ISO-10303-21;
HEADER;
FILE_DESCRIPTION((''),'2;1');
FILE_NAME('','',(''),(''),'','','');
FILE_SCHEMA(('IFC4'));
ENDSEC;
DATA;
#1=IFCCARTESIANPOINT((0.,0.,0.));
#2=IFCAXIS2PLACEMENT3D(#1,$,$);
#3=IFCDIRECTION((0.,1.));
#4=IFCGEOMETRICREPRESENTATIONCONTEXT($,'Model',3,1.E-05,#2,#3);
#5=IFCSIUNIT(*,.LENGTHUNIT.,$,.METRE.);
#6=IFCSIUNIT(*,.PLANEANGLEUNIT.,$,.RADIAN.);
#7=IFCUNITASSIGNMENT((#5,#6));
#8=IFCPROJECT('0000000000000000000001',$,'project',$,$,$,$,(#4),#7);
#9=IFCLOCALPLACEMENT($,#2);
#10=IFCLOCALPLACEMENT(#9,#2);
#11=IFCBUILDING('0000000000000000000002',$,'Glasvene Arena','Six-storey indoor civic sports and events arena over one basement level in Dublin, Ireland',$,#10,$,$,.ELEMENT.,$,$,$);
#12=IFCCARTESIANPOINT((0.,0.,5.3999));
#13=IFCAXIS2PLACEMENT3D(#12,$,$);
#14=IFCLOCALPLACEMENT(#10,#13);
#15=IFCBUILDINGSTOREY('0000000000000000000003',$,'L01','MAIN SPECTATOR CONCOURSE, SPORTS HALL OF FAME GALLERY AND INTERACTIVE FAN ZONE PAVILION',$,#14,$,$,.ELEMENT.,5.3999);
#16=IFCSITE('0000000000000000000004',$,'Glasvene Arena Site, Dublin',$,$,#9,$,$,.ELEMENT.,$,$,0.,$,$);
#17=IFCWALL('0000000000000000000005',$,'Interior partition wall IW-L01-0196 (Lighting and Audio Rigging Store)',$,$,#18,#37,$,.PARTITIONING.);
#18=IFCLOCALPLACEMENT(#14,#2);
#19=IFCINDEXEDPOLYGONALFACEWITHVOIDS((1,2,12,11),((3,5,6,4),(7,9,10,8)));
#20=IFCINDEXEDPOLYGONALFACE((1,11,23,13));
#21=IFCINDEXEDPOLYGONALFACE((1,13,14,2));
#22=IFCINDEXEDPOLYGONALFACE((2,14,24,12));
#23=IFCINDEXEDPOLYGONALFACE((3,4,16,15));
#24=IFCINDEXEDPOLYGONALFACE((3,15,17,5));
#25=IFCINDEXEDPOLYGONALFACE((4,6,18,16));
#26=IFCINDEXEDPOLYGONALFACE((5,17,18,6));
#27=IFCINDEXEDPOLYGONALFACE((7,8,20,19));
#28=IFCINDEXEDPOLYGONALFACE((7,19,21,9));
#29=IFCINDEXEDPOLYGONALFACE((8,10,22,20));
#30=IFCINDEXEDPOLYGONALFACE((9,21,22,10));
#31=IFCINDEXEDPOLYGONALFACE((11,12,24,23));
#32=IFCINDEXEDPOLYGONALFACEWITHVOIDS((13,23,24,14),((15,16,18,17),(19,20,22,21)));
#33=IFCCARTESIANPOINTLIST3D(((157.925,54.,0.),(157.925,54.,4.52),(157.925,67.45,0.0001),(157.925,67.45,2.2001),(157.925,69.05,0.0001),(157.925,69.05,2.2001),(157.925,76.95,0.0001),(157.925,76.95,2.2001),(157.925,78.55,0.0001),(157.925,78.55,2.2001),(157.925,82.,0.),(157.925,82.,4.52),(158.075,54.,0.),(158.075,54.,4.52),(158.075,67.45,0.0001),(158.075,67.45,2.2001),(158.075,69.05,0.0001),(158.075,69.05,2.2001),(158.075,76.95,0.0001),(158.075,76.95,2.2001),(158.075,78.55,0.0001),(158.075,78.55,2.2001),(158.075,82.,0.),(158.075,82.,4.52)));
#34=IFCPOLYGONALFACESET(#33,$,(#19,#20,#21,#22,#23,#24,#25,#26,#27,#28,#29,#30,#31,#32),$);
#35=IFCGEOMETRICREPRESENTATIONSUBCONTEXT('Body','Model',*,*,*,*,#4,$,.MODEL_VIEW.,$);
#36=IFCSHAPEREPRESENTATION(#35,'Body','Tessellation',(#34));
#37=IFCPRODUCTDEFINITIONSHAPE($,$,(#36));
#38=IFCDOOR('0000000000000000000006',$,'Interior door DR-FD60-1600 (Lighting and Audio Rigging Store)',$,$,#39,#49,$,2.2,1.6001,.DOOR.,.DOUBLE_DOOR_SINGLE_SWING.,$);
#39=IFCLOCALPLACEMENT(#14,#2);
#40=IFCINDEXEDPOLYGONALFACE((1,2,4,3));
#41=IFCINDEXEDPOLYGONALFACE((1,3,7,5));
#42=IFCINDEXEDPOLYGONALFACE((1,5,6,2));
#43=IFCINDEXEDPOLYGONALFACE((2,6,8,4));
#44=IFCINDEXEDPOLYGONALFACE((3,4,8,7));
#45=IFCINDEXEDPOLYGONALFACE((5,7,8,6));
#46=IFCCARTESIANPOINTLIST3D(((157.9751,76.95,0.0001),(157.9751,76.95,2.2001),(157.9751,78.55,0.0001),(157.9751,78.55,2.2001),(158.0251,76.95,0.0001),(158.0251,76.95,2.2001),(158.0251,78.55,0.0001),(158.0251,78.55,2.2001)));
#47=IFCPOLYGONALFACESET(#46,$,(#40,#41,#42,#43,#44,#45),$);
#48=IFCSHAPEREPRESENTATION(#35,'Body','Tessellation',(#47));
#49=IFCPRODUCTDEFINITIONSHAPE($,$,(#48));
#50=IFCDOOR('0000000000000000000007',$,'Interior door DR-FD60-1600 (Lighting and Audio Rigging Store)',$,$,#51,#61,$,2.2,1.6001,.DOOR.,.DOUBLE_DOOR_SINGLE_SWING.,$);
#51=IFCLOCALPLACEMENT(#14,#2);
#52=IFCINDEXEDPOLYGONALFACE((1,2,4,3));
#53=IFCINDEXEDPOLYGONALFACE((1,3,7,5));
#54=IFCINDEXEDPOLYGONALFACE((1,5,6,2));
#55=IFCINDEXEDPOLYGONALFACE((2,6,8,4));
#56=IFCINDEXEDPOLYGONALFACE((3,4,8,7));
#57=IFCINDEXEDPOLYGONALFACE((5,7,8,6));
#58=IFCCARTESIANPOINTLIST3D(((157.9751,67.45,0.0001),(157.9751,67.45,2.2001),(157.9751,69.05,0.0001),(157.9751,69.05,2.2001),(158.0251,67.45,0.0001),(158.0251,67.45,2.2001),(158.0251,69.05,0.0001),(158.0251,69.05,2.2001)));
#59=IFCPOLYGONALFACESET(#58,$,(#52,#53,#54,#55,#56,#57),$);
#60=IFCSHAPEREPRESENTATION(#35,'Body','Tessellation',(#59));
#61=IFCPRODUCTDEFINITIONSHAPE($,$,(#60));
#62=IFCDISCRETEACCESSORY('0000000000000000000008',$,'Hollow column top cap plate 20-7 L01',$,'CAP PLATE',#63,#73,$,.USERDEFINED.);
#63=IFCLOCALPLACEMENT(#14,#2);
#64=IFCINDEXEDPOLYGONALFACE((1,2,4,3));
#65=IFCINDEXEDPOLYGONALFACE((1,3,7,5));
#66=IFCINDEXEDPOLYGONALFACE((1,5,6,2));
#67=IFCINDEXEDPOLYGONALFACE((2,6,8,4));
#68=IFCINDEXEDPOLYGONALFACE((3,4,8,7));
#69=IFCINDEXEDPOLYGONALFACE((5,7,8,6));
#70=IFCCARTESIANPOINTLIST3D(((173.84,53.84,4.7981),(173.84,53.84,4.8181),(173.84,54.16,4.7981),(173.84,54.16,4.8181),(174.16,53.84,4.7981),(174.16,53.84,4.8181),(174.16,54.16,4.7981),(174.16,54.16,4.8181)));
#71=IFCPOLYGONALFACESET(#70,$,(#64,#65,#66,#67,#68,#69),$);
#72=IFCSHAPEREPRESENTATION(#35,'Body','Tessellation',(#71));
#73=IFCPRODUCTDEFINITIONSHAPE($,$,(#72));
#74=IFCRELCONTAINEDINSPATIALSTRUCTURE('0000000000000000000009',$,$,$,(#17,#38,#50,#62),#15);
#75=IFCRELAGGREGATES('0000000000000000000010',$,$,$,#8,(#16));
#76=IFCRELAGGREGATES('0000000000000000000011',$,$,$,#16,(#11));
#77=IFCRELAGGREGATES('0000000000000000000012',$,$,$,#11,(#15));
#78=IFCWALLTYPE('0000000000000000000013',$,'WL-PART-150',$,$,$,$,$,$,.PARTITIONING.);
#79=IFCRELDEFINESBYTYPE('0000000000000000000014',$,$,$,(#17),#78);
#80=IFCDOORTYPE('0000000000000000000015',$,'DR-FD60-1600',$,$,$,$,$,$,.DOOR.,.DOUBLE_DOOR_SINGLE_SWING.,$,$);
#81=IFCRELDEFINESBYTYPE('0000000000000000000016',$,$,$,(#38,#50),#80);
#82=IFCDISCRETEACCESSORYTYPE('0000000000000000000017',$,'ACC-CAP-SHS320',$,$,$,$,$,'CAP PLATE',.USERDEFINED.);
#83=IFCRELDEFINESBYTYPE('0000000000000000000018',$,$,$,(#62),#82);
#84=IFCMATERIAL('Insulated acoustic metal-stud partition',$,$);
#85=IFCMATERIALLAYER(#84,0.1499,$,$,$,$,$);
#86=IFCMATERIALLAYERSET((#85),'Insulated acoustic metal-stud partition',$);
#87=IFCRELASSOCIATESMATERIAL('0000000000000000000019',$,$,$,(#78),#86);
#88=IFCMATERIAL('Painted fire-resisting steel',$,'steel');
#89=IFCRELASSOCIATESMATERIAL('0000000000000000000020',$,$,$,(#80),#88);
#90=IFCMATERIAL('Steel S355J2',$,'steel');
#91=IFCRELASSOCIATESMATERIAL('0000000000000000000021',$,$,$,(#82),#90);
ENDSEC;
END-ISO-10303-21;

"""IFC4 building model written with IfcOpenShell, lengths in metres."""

from ifc_helpers import new_model, si_unit, direction, frame, frame_2d, origin, origin_2d, place, context, subcontext, project, spatial, rectangle, extrude, material, layer, layer_set, type_object, element, fill, save


model = new_model("IFC4")

# Units and contexts
model_context = context("Model", 3, precision=1e-05, world=origin(), true_north=direction((0.0, 1.0)))
body_context = subcontext(model_context, "Body", "Model", "MODEL_VIEW")
ifc_project = project(units=[si_unit("LENGTHUNIT", "METRE"), si_unit("PLANEANGLEUNIT", "RADIAN")], contexts=[model_context])

# Site, building, storey
site_placement = place(None, origin())
site = spatial("IfcSite", under=ifc_project, at=site_placement, Name="Glasvene Arena Site, Dublin", CompositionType="ELEMENT", RefElevation=0.0)
building_placement = place(site_placement, origin())
building = spatial("IfcBuilding", under=site, at=building_placement, Name="Glasvene Arena", Description="Six-storey indoor civic sports and events arena over one basement level in Dublin, Ireland", CompositionType="ELEMENT")
storey_placement = place(building_placement, frame((0.0, 0.0, 5.3999)))
storey = spatial("IfcBuildingStorey", under=building, at=storey_placement, Name="L01", Description="MAIN SPECTATOR CONCOURSE, SPORTS HALL OF FAME GALLERY AND INTERACTIVE FAN ZONE PAVILION", CompositionType="ELEMENT", Elevation=5.3999)

# Shared definitions
ifc_material_1 = material(Name="Steel S355J2", Category="steel")

# Shared definitions
ifc_material_2 = material(Name="Insulated acoustic metal-stud partition")
ifc_layer_1 = layer(ifc_material_2, 0.1499)
ifc_layer_set_1 = layer_set([ifc_layer_1], Name="Insulated acoustic metal-stud partition")
wall_type_1 = type_object("IfcWallType", Name="WL-PART-150", PredefinedType="PARTITIONING", material=ifc_layer_set_1)

# Wall, openings, doors
wall_1_placement = place(storey_placement, frame((158.0, 54.0, 0.0), z_axis=(0.0, 0.0, 1.0), x_axis=(0.0, 1.0, 0.0)))
wall_1 = element("IfcWall", 1, at=wall_1_placement, inside=storey, type_object=wall_type_1, Name="Interior partition wall IW-L01-0196 (Lighting and Audio Rigging Store)", PredefinedType="PARTITIONING", context=body_context, shape_type="SweptSolid", body=[
    extrude(rectangle(XDim=28.0, YDim=0.1499, at=frame_2d((14.0, 0.0))), origin(), (0.0, 0.0, 1.0), 4.52),
])
opening_1_placement = place(wall_1_placement, frame((22.95, 0.0, 0.0)))
opening_1 = element("IfcOpeningElement", 2, at=opening_1_placement, cuts=wall_1, PredefinedType="OPENING", context=body_context, shape_type="SweptSolid", body=[
    extrude(rectangle(XDim=1.6001, YDim=2.2, at=frame_2d((0.8, 1.1001))), frame((0.0, 0.085, 0.0), z_axis=(0.0, -1.0, 0.0), x_axis=(1.0, 0.0, 0.0)), (0.0, 0.0, 1.0), 0.1699),
])
opening_2_placement = place(wall_1_placement, frame((13.45, 0.0, 0.0)))
opening_2 = element("IfcOpeningElement", 3, at=opening_2_placement, cuts=wall_1, PredefinedType="OPENING", context=body_context, shape_type="SweptSolid", body=[
    extrude(rectangle(XDim=1.6001, YDim=2.2, at=frame_2d((0.8, 1.1001))), frame((0.0, 0.085, 0.0), z_axis=(0.0, -1.0, 0.0), x_axis=(1.0, 0.0, 0.0)), (0.0, 0.0, 1.0), 0.1699),
])
ifc_material_3 = material(Name="Painted fire-resisting steel", Category="steel")
door_type = type_object("IfcDoorType", Name="DR-FD60-1600", OperationType="DOUBLE_DOOR_SINGLE_SWING", PredefinedType="DOOR", material=ifc_material_3)
door_1_placement = place(opening_1_placement, origin())
door_1 = element("IfcDoor", 4, at=door_1_placement, inside=storey, type_object=door_type, Name="Interior door DR-FD60-1600 (Lighting and Audio Rigging Store)", OperationType="DOUBLE_DOOR_SINGLE_SWING", OverallHeight=2.2, OverallWidth=1.6001, PredefinedType="DOOR", context=body_context, shape_type="SweptSolid", body=[
    extrude(rectangle(XDim=1.6001, YDim=2.2, at=frame_2d((0.8, 1.1001))), frame((0.0, 0.0249, 0.0), z_axis=(0.0, -1.0, 0.0), x_axis=(1.0, 0.0, 0.0)), (0.0, 0.0, 1.0), 0.05),
])
fill(opening_1, door_1)
door_2_placement = place(opening_2_placement, origin())
door_2 = element("IfcDoor", 5, at=door_2_placement, inside=storey, type_object=door_type, Name="Interior door DR-FD60-1600 (Lighting and Audio Rigging Store)", OperationType="DOUBLE_DOOR_SINGLE_SWING", OverallHeight=2.2, OverallWidth=1.6001, PredefinedType="DOOR", context=body_context, shape_type="SweptSolid", body=[
    extrude(rectangle(XDim=1.6001, YDim=2.2, at=frame_2d((0.8, 1.1001))), frame((0.0, 0.0249, 0.0), z_axis=(0.0, -1.0, 0.0), x_axis=(1.0, 0.0, 0.0)), (0.0, 0.0, 1.0), 0.05),
])
fill(opening_2, door_2)

# Discrete accessory
discrete_accessory_type = type_object("IfcDiscreteAccessoryType", Name="ACC-CAP-SHS320", ElementType="CAP PLATE", PredefinedType="USERDEFINED", material=ifc_material_1)
discrete_accessory_placement = place(storey_placement, frame((174.0, 54.0, 4.7981), z_axis=(0.0, 0.0, 1.0), x_axis=(1.0, 0.0, 0.0)))
element("IfcDiscreteAccessory", 6, at=discrete_accessory_placement, inside=storey, type_object=discrete_accessory_type, Name="Hollow column top cap plate 20-7 L01", ObjectType="CAP PLATE", PredefinedType="USERDEFINED", context=body_context, shape_type="SweptSolid", body=[
    extrude(rectangle(XDim=0.3201, YDim=0.3201, at=origin_2d()), origin(), (0.0, 0.0, 1.0), 0.02),
])

save(model, "model.ifc")
